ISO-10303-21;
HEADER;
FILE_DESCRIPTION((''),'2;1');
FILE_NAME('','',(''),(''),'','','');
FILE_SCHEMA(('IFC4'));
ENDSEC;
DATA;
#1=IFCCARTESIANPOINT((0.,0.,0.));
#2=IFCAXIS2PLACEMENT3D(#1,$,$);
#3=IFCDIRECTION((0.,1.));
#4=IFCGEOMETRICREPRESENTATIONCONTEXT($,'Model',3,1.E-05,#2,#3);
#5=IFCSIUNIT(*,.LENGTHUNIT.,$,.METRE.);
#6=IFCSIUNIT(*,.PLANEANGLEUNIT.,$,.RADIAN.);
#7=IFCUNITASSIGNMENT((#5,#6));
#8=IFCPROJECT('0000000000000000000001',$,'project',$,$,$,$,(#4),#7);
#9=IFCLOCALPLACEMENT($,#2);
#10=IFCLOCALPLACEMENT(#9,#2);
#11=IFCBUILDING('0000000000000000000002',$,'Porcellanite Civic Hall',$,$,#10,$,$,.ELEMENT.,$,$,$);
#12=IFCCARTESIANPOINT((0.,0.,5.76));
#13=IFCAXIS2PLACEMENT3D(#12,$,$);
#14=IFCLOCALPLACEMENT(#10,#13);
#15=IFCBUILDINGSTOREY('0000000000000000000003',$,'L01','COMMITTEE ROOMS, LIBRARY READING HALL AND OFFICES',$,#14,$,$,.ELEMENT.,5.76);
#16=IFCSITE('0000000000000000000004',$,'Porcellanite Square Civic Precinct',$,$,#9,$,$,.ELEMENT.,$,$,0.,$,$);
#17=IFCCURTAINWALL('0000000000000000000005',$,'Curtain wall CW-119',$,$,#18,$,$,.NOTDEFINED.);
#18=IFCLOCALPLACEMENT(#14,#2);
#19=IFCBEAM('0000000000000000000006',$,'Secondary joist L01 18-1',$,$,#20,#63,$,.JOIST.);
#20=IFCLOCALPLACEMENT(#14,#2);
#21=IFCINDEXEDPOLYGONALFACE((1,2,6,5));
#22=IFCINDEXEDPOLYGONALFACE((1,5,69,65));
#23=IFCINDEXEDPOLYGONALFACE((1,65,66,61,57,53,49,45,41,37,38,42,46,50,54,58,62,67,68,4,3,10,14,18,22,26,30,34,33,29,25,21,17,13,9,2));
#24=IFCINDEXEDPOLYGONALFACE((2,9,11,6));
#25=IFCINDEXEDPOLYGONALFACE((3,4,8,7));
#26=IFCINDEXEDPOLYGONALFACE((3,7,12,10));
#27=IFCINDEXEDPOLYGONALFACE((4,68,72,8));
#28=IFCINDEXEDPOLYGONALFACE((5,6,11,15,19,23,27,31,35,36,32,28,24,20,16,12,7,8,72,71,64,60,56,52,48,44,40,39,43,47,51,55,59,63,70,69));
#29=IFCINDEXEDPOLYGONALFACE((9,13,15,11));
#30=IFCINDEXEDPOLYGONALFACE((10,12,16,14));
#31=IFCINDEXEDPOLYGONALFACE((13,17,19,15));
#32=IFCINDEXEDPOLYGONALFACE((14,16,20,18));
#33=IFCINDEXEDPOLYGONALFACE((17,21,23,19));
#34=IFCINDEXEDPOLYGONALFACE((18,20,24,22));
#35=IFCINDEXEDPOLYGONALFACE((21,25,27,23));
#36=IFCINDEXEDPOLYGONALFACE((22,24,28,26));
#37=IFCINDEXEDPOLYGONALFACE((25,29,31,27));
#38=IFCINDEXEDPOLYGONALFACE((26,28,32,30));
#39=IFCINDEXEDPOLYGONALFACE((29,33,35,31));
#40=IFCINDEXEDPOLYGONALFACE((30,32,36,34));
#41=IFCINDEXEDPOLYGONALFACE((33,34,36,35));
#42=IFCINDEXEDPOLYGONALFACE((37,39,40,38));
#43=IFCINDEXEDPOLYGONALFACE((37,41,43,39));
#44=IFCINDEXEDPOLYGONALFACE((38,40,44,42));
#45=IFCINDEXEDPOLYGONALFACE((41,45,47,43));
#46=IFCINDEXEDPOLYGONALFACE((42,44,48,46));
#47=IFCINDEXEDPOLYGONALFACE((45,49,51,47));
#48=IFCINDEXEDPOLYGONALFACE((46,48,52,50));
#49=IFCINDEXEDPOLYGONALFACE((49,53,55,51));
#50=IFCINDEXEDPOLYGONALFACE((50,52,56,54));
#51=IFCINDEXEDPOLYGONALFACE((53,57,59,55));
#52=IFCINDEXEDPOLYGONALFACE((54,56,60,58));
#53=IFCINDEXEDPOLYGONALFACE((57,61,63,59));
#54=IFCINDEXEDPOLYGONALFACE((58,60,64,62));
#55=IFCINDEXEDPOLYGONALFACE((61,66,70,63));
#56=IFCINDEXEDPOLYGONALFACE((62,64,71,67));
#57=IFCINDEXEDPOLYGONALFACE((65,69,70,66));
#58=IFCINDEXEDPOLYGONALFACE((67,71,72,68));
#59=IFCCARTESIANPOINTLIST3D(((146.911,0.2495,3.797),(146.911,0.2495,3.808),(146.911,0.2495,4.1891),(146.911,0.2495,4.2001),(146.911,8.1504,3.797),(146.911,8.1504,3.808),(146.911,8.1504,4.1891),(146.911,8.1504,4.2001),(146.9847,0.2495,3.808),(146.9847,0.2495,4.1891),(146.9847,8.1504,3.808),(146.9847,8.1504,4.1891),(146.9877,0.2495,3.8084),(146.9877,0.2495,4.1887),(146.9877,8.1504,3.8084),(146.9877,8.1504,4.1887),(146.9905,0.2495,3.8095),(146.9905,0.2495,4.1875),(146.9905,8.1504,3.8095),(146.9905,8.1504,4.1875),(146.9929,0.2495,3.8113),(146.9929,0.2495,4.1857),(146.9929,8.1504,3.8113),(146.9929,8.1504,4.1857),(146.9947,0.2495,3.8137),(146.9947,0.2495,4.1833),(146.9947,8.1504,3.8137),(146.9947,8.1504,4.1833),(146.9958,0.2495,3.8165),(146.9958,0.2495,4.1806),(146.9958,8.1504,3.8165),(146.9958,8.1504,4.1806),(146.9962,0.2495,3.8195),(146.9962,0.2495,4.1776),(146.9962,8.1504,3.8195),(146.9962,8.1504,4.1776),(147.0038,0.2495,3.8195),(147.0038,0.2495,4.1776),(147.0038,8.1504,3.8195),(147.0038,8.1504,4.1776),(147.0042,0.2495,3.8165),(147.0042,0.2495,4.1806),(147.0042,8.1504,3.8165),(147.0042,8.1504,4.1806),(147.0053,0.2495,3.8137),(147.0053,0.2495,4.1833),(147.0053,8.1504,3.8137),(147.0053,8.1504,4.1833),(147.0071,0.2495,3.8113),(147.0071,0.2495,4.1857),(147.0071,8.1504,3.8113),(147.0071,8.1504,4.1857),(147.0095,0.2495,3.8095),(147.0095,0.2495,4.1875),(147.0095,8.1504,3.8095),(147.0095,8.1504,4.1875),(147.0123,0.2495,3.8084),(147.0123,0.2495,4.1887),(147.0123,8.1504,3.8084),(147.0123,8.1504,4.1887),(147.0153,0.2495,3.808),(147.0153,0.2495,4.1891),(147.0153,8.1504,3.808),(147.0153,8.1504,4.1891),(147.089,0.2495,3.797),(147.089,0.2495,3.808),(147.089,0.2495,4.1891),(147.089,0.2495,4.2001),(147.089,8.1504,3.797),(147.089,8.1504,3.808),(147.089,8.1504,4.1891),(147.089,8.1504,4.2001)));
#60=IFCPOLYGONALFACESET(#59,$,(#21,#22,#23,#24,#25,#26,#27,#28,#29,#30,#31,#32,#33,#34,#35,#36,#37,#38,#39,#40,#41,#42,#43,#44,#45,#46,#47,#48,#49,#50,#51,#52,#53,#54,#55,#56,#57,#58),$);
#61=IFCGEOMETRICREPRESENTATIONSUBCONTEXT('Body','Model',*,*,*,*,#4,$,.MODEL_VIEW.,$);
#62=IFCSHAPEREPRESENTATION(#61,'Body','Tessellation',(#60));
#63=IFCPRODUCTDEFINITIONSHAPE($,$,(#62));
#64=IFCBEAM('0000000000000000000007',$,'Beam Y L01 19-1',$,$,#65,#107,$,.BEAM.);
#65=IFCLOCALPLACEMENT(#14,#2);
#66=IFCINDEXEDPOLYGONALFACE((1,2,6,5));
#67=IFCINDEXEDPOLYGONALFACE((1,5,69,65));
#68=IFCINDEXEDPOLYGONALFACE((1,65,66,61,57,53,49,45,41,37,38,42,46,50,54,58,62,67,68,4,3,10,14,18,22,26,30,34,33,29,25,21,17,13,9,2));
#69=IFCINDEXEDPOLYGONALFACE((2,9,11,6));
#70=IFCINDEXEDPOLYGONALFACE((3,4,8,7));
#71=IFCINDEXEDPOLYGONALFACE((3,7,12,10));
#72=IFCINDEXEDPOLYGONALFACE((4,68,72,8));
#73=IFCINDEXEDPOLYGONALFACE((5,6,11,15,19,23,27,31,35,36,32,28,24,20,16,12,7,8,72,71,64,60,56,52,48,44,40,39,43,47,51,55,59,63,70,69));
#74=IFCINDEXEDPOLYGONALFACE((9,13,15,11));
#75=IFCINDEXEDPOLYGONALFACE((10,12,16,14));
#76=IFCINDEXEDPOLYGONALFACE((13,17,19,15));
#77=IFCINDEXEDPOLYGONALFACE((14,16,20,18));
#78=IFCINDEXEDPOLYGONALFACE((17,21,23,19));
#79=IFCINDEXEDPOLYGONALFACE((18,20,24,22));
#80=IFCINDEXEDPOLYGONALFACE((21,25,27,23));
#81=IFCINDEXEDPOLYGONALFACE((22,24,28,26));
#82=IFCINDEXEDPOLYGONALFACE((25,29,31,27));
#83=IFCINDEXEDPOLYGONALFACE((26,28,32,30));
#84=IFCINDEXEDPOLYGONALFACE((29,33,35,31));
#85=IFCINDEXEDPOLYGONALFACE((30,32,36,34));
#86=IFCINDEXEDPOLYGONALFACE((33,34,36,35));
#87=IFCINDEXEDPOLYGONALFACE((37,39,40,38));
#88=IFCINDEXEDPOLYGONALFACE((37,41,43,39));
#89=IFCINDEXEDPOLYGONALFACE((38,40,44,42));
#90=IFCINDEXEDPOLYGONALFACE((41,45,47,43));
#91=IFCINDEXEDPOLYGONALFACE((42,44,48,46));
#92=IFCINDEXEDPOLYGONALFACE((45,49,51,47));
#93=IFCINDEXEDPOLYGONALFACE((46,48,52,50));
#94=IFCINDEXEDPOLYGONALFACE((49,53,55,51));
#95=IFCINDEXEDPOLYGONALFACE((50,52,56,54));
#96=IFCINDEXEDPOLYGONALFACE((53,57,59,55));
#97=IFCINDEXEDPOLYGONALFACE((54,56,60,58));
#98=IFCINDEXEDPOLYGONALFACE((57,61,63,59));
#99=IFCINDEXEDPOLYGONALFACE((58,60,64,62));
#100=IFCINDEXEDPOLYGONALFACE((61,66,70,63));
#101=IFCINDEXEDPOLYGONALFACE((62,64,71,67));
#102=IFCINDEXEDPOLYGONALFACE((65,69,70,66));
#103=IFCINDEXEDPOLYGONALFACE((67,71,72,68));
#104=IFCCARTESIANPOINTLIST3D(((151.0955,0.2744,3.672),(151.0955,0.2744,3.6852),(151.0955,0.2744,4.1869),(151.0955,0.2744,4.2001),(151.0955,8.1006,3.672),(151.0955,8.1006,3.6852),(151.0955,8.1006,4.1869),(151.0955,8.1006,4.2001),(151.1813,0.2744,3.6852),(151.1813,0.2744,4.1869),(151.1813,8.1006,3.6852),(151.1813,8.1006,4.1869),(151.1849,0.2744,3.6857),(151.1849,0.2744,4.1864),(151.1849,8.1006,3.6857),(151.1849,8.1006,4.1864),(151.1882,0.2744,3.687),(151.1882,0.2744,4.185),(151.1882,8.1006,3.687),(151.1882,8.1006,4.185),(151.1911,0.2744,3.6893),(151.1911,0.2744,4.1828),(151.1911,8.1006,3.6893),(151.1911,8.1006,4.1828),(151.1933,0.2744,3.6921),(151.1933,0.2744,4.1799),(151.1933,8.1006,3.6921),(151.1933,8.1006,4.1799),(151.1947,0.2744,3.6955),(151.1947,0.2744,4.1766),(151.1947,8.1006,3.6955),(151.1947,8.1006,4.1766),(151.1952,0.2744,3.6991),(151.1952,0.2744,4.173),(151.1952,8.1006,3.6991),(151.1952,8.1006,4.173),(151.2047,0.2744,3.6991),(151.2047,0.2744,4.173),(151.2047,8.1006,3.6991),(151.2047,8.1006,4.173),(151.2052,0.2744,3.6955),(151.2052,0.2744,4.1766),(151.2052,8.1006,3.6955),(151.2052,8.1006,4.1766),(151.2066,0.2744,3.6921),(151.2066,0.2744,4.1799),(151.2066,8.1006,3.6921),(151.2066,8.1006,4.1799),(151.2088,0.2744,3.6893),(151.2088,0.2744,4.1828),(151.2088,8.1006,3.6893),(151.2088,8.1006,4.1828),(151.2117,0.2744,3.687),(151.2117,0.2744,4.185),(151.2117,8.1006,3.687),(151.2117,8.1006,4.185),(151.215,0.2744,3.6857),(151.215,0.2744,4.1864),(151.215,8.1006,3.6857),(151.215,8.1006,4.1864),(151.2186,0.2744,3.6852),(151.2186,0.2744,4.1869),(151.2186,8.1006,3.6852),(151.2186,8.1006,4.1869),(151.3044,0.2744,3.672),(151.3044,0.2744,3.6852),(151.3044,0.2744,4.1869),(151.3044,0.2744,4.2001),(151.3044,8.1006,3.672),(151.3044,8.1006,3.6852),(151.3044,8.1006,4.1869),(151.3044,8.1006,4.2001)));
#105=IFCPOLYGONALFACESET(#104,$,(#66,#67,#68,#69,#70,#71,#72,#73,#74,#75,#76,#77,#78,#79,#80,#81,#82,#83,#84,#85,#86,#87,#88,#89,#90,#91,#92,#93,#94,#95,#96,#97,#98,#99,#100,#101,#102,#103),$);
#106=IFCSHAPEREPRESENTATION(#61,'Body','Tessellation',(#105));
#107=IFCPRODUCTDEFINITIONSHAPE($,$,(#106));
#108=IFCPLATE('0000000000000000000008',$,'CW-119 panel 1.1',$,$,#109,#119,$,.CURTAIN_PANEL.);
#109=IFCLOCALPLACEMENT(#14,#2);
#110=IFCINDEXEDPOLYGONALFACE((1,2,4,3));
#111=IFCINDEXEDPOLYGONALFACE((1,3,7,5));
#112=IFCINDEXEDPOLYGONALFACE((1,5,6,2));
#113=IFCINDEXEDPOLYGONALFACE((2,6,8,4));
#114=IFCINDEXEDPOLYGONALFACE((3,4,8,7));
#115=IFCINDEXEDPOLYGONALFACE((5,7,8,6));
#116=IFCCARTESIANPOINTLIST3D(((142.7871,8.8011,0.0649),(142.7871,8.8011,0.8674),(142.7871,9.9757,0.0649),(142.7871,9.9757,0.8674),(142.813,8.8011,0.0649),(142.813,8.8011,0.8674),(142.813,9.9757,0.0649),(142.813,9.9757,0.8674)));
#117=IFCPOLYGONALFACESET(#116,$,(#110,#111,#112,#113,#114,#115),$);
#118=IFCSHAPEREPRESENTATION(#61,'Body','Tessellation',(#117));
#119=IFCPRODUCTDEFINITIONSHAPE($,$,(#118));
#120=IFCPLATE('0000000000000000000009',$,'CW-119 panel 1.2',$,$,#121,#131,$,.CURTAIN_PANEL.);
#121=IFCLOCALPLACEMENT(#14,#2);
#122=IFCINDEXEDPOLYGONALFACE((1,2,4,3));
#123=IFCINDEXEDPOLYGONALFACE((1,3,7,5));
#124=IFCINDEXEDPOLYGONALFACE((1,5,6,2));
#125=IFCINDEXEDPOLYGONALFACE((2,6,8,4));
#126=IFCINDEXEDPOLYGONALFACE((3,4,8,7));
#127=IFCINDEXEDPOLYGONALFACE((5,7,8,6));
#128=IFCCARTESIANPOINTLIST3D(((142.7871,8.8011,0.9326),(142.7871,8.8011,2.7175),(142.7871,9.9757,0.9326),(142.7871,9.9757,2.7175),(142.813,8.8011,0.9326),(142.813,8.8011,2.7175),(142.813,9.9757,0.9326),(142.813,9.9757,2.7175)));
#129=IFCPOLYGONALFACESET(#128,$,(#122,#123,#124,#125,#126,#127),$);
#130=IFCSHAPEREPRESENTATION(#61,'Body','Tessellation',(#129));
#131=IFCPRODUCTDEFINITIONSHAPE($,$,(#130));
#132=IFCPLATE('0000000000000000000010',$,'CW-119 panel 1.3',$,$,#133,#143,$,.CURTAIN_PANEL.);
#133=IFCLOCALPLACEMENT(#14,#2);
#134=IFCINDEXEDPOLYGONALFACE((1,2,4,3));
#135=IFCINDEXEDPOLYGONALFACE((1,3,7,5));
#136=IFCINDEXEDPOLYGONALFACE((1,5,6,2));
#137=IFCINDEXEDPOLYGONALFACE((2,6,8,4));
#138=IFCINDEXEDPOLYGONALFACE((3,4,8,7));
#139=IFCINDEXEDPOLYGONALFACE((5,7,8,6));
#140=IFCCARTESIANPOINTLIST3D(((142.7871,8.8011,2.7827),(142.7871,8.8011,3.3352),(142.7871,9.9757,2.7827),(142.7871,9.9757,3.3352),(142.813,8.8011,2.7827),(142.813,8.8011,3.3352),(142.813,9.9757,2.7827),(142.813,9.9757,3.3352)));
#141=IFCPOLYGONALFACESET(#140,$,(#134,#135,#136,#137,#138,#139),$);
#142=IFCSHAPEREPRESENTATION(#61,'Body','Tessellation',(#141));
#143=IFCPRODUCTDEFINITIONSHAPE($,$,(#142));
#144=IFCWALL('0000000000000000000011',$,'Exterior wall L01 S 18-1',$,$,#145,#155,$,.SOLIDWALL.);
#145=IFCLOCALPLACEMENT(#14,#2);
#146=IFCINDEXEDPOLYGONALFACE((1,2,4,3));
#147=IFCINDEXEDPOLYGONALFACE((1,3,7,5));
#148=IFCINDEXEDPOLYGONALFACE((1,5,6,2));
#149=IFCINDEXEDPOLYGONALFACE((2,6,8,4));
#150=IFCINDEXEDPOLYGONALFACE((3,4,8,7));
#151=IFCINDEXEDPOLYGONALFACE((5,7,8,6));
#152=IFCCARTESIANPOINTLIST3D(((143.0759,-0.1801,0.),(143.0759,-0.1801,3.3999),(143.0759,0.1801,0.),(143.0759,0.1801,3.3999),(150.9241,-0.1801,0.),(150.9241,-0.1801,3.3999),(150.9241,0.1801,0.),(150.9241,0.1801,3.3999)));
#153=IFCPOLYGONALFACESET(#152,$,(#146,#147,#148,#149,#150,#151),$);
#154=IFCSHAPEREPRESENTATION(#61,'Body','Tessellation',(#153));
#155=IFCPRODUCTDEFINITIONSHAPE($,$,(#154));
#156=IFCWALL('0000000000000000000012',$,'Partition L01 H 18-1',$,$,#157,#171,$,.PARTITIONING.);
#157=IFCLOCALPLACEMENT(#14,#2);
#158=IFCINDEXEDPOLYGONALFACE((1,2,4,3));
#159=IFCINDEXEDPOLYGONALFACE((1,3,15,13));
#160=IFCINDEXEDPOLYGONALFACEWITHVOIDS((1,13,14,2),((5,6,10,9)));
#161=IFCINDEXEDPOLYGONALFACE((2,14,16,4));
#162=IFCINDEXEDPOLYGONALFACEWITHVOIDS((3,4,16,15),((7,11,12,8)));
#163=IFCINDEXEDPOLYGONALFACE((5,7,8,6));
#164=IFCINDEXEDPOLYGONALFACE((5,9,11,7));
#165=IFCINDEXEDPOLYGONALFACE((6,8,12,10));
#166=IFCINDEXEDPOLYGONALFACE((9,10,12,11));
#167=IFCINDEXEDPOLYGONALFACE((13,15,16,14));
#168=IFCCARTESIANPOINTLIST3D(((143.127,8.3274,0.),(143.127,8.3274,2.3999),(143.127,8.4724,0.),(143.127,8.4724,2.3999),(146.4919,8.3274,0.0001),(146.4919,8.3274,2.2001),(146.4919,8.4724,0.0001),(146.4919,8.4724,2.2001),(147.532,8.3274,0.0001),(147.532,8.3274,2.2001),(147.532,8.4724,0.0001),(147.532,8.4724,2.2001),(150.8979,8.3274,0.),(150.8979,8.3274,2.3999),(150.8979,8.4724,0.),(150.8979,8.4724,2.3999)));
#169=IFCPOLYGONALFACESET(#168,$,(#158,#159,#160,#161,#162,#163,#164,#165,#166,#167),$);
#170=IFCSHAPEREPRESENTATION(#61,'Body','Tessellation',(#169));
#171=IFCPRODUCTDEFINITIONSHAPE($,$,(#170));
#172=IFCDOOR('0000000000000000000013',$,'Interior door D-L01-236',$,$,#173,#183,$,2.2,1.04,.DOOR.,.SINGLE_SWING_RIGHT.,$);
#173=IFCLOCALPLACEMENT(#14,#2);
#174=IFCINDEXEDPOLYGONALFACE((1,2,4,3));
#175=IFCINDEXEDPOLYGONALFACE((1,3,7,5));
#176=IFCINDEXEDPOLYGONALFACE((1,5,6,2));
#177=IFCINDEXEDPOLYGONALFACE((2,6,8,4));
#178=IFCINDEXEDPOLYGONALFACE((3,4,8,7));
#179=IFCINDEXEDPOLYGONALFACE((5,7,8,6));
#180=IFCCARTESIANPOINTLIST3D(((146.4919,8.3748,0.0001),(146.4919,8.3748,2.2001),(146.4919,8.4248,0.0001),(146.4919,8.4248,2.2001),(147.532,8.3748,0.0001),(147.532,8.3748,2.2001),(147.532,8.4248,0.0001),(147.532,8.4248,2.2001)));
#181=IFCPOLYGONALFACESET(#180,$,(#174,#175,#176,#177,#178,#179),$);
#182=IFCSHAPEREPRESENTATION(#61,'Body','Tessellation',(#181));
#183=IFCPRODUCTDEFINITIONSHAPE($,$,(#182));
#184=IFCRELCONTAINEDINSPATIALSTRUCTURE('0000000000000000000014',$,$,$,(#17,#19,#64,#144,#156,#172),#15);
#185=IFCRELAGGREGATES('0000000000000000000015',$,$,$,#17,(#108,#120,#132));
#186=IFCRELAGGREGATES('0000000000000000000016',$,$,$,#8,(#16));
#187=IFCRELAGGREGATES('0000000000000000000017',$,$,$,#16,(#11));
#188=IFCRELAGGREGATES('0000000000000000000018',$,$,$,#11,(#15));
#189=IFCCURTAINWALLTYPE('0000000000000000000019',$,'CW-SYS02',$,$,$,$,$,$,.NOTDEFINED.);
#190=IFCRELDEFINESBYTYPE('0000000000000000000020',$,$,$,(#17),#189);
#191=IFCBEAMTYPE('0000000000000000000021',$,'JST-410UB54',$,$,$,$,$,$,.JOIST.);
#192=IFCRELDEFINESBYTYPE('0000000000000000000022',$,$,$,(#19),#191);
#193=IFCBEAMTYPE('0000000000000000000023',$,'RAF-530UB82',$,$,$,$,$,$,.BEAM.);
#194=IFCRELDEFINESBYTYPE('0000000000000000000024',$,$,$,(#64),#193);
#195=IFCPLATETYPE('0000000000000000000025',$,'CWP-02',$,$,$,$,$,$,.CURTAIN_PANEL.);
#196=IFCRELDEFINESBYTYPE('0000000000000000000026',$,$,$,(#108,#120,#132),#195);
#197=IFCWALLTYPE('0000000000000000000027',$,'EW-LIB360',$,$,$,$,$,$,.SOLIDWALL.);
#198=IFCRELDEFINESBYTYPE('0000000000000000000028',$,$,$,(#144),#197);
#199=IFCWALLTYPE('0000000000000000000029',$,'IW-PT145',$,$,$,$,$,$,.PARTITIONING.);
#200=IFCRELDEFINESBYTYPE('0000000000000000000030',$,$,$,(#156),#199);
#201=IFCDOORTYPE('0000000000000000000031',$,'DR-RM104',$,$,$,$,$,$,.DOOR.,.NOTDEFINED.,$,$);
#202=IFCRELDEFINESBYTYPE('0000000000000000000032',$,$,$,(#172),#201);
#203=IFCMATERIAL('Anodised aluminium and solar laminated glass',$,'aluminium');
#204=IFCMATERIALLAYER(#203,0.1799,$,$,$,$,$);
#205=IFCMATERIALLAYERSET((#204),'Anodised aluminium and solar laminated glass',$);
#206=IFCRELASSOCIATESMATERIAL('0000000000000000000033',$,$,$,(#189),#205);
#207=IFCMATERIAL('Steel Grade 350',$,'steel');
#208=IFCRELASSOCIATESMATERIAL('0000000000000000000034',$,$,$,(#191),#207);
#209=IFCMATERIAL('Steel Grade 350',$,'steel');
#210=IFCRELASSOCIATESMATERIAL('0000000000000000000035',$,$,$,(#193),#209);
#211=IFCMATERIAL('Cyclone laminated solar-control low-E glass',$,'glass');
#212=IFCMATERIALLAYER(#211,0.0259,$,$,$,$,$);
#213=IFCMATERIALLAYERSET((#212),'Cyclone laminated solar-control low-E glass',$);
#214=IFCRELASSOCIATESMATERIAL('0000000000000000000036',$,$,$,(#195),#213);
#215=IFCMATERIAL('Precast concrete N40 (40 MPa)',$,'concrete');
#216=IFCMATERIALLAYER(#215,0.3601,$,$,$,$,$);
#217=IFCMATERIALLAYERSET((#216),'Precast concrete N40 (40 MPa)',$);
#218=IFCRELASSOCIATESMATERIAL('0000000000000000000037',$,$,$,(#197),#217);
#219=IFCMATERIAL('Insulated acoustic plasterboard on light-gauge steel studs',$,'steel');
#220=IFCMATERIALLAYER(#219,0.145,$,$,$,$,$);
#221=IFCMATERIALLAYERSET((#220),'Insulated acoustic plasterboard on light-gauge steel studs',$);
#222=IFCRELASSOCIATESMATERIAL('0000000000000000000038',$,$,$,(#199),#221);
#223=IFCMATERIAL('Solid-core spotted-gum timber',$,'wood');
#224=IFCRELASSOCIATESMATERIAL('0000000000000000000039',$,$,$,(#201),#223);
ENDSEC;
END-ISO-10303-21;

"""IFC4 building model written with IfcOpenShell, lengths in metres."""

from ifc_helpers import new_model, si_unit, direction, frame, frame_2d, origin, origin_2d, place, context, subcontext, project, spatial, rectangle, i_section, extrude, material, layer, layer_set, material_profile, profile_set, type_object, element, fill, aggregate, save


model = new_model("IFC4")

# Units and contexts
model_context = context("Model", 3, precision=1e-05, world=origin(), true_north=direction((0.0, 1.0)))
body_context = subcontext(model_context, "Body", "Model", "MODEL_VIEW")
ifc_project = project(units=[si_unit("LENGTHUNIT", "METRE"), si_unit("PLANEANGLEUNIT", "RADIAN")], contexts=[model_context])

# Site, building, storey
site_placement = place(None, origin())
site = spatial("IfcSite", under=ifc_project, at=site_placement, Name="Porcellanite Square Civic Precinct", CompositionType="ELEMENT", RefElevation=0.0)
building_placement = place(site_placement, origin())
building = spatial("IfcBuilding", under=site, at=building_placement, Name="Porcellanite Civic Hall", CompositionType="ELEMENT")
storey_placement = place(building_placement, frame((0.0, 0.0, 5.76)))
storey = spatial("IfcBuildingStorey", under=building, at=storey_placement, Name="L01", Description="COMMITTEE ROOMS, LIBRARY READING HALL AND OFFICES", CompositionType="ELEMENT", Elevation=5.76)

# Curtain wall
ifc_material_1 = material(Name="Anodised aluminium and solar laminated glass", Category="aluminium")
ifc_layer_1 = layer(ifc_material_1, 0.1799)
ifc_layer_set_1 = layer_set([ifc_layer_1], Name="Anodised aluminium and solar laminated glass")
curtain_wall_type = type_object("IfcCurtainWallType", Name="CW-SYS02", PredefinedType="NOTDEFINED", material=ifc_layer_set_1)
curtain_wall_placement = place(storey_placement, origin())
curtain_wall = element("IfcCurtainWall", 1, at=curtain_wall_placement, inside=storey, type_object=curtain_wall_type, Name="Curtain wall CW-119", PredefinedType="NOTDEFINED")

# Beams
ifc_material_2 = material(Name="Steel Grade 350", Category="steel")
ifc_material_profile_1 = material_profile(ifc_material_2, i_section(OverallWidth=0.178, OverallDepth=0.4031, WebThickness=0.0076, FlangeThickness=0.011, FilletRadius=0.0115, at=origin_2d()), Name="410UB53.7")
ifc_profile_set_1 = profile_set([ifc_material_profile_1], Name="Steel Grade 350")
beam_type_1 = type_object("IfcBeamType", Name="JST-410UB54", PredefinedType="JOIST", material=ifc_profile_set_1)
beam_1_placement = place(storey_placement, frame((147.0, 0.2495, 3.9985), z_axis=(0.0, 1.0, 0.0), x_axis=(-1.0, 0.0, 0.0)))
element("IfcBeam", 2, at=beam_1_placement, inside=storey, type_object=beam_type_1, Name="Secondary joist L01 18-1", PredefinedType="JOIST", context=body_context, shape_type="SweptSolid", body=[
    extrude(i_section(OverallWidth=0.178, OverallDepth=0.4031, WebThickness=0.0076, FlangeThickness=0.011, FilletRadius=0.0115, at=origin_2d()), origin(), (0.0, 0.0, 1.0), 7.9009),
])
ifc_material_3 = material(Name="Steel Grade 350", Category="steel")
ifc_material_profile_2 = material_profile(ifc_material_3, i_section(OverallWidth=0.209, OverallDepth=0.5281, WebThickness=0.0095, FlangeThickness=0.0132, FilletRadius=0.0139, at=origin_2d()), Name="530UB82.0")
ifc_profile_set_2 = profile_set([ifc_material_profile_2], Name="Steel Grade 350")
beam_type_2 = type_object("IfcBeamType", Name="RAF-530UB82", PredefinedType="BEAM", material=ifc_profile_set_2)
beam_2_placement = place(storey_placement, frame((151.2, 0.2744, 3.936), z_axis=(0.0, 1.0, 0.0), x_axis=(-1.0, 0.0, 0.0)))
element("IfcBeam", 3, at=beam_2_placement, inside=storey, type_object=beam_type_2, Name="Beam Y L01 19-1", PredefinedType="BEAM", context=body_context, shape_type="SweptSolid", body=[
    extrude(i_section(OverallWidth=0.209, OverallDepth=0.5281, WebThickness=0.0095, FlangeThickness=0.0132, FilletRadius=0.0139, at=origin_2d()), origin(), (0.0, 0.0, 1.0), 7.8262),
])

# Plates
ifc_material_4 = material(Name="Cyclone laminated solar-control low-E glass", Category="glass")
ifc_layer_2 = layer(ifc_material_4, 0.0259)
ifc_layer_set_2 = layer_set([ifc_layer_2], Name="Cyclone laminated solar-control low-E glass")
plate_type = type_object("IfcPlateType", Name="CWP-02", PredefinedType="CURTAIN_PANEL", material=ifc_layer_set_2)
plate_1_placement = place(storey_placement, frame((142.8, 9.3884, 0.0649), z_axis=(0.0, 0.0, 1.0), x_axis=(0.0, 1.0, 0.0)))
plate_1 = element("IfcPlate", 4, at=plate_1_placement, type_object=plate_type, Name="CW-119 panel 1.1", PredefinedType="CURTAIN_PANEL", context=body_context, shape_type="SweptSolid", body=[
    extrude(rectangle(XDim=1.1746, YDim=0.0259, at=origin_2d()), origin(), (0.0, 0.0, 1.0), 0.8025),
])
plate_2_placement = place(storey_placement, frame((142.8, 9.3884, 0.9326), z_axis=(0.0, 0.0, 1.0), x_axis=(0.0, 1.0, 0.0)))
plate_2 = element("IfcPlate", 5, at=plate_2_placement, type_object=plate_type, Name="CW-119 panel 1.2", PredefinedType="CURTAIN_PANEL", context=body_context, shape_type="SweptSolid", body=[
    extrude(rectangle(XDim=1.1746, YDim=0.0259, at=origin_2d()), origin(), (0.0, 0.0, 1.0), 1.7849),
])
plate_3_placement = place(storey_placement, frame((142.8, 9.3884, 2.7827), z_axis=(0.0, 0.0, 1.0), x_axis=(0.0, 1.0, 0.0)))
plate_3 = element("IfcPlate", 6, at=plate_3_placement, type_object=plate_type, Name="CW-119 panel 1.3", PredefinedType="CURTAIN_PANEL", context=body_context, shape_type="SweptSolid", body=[
    extrude(rectangle(XDim=1.1746, YDim=0.0259, at=origin_2d()), origin(), (0.0, 0.0, 1.0), 0.5525),
])
aggregate(curtain_wall, [plate_1, plate_2, plate_3])

# Wall
ifc_material_5 = material(Name="Precast concrete N40 (40 MPa)", Category="concrete")
ifc_layer_3 = layer(ifc_material_5, 0.3601)
ifc_layer_set_3 = layer_set([ifc_layer_3], Name="Precast concrete N40 (40 MPa)")
wall_type_1 = type_object("IfcWallType", Name="EW-LIB360", PredefinedType="SOLIDWALL", material=ifc_layer_set_3)
wall_1_placement = place(storey_placement, frame((150.9241, 0.0, 0.0), z_axis=(0.0, 0.0, 1.0), x_axis=(-1.0, 0.0, 0.0)))
element("IfcWall", 7, at=wall_1_placement, inside=storey, type_object=wall_type_1, Name="Exterior wall L01 S 18-1", PredefinedType="SOLIDWALL", context=body_context, shape_type="SweptSolid", body=[
    extrude(rectangle(XDim=7.8481, YDim=0.3601, at=frame_2d((3.9241, 0.0))), origin(), (0.0, 0.0, 1.0), 3.3999),
])

# Wall, opening, door
ifc_material_6 = material(Name="Insulated acoustic plasterboard on light-gauge steel studs", Category="steel")
ifc_layer_4 = layer(ifc_material_6, 0.145)
ifc_layer_set_4 = layer_set([ifc_layer_4], Name="Insulated acoustic plasterboard on light-gauge steel studs")
wall_type_2 = type_object("IfcWallType", Name="IW-PT145", PredefinedType="PARTITIONING", material=ifc_layer_set_4)
wall_2_placement = place(storey_placement, frame((143.127, 8.3999, 0.0), z_axis=(0.0, 0.0, 1.0), x_axis=(1.0, 0.0, 0.0)))
wall_2 = element("IfcWall", 8, at=wall_2_placement, inside=storey, type_object=wall_type_2, Name="Partition L01 H 18-1", PredefinedType="PARTITIONING", context=body_context, shape_type="SweptSolid", body=[
    extrude(rectangle(XDim=7.771, YDim=0.145, at=frame_2d((3.8855, 0.0))), origin(), (0.0, 0.0, 1.0), 2.3999),
])
opening_1_placement = place(wall_2_placement, frame((3.365, 0.0, 0.0)))
opening_1 = element("IfcOpeningElement", 9, at=opening_1_placement, cuts=wall_2, PredefinedType="OPENING", context=body_context, shape_type="SweptSolid", body=[
    extrude(rectangle(XDim=1.04, YDim=2.2, at=frame_2d((0.52, 1.1001))), frame((0.0, 0.0725, 0.0), z_axis=(0.0, -1.0, 0.0), x_axis=(1.0, 0.0, 0.0)), (0.0, 0.0, 1.0), 0.145),
])
ifc_material_7 = material(Name="Solid-core spotted-gum timber", Category="wood")
door_type_1 = type_object("IfcDoorType", Name="DR-RM104", OperationType="NOTDEFINED", PredefinedType="DOOR", material=ifc_material_7)
door_1_placement = place(opening_1_placement, origin())
door_1 = element("IfcDoor", 10, at=door_1_placement, inside=storey, type_object=door_type_1, Name="Interior door D-L01-236", OperationType="SINGLE_SWING_RIGHT", OverallHeight=2.2, OverallWidth=1.04, PredefinedType="DOOR", context=body_context, shape_type="SweptSolid", body=[
    extrude(rectangle(XDim=1.04, YDim=2.2, at=frame_2d((0.52, 1.1001))), frame((0.0, 0.0249, 0.0), z_axis=(0.0, -1.0, 0.0), x_axis=(1.0, 0.0, 0.0)), (0.0, 0.0, 1.0), 0.05),
])
fill(opening_1, door_1)

save(model, "model.ifc")
